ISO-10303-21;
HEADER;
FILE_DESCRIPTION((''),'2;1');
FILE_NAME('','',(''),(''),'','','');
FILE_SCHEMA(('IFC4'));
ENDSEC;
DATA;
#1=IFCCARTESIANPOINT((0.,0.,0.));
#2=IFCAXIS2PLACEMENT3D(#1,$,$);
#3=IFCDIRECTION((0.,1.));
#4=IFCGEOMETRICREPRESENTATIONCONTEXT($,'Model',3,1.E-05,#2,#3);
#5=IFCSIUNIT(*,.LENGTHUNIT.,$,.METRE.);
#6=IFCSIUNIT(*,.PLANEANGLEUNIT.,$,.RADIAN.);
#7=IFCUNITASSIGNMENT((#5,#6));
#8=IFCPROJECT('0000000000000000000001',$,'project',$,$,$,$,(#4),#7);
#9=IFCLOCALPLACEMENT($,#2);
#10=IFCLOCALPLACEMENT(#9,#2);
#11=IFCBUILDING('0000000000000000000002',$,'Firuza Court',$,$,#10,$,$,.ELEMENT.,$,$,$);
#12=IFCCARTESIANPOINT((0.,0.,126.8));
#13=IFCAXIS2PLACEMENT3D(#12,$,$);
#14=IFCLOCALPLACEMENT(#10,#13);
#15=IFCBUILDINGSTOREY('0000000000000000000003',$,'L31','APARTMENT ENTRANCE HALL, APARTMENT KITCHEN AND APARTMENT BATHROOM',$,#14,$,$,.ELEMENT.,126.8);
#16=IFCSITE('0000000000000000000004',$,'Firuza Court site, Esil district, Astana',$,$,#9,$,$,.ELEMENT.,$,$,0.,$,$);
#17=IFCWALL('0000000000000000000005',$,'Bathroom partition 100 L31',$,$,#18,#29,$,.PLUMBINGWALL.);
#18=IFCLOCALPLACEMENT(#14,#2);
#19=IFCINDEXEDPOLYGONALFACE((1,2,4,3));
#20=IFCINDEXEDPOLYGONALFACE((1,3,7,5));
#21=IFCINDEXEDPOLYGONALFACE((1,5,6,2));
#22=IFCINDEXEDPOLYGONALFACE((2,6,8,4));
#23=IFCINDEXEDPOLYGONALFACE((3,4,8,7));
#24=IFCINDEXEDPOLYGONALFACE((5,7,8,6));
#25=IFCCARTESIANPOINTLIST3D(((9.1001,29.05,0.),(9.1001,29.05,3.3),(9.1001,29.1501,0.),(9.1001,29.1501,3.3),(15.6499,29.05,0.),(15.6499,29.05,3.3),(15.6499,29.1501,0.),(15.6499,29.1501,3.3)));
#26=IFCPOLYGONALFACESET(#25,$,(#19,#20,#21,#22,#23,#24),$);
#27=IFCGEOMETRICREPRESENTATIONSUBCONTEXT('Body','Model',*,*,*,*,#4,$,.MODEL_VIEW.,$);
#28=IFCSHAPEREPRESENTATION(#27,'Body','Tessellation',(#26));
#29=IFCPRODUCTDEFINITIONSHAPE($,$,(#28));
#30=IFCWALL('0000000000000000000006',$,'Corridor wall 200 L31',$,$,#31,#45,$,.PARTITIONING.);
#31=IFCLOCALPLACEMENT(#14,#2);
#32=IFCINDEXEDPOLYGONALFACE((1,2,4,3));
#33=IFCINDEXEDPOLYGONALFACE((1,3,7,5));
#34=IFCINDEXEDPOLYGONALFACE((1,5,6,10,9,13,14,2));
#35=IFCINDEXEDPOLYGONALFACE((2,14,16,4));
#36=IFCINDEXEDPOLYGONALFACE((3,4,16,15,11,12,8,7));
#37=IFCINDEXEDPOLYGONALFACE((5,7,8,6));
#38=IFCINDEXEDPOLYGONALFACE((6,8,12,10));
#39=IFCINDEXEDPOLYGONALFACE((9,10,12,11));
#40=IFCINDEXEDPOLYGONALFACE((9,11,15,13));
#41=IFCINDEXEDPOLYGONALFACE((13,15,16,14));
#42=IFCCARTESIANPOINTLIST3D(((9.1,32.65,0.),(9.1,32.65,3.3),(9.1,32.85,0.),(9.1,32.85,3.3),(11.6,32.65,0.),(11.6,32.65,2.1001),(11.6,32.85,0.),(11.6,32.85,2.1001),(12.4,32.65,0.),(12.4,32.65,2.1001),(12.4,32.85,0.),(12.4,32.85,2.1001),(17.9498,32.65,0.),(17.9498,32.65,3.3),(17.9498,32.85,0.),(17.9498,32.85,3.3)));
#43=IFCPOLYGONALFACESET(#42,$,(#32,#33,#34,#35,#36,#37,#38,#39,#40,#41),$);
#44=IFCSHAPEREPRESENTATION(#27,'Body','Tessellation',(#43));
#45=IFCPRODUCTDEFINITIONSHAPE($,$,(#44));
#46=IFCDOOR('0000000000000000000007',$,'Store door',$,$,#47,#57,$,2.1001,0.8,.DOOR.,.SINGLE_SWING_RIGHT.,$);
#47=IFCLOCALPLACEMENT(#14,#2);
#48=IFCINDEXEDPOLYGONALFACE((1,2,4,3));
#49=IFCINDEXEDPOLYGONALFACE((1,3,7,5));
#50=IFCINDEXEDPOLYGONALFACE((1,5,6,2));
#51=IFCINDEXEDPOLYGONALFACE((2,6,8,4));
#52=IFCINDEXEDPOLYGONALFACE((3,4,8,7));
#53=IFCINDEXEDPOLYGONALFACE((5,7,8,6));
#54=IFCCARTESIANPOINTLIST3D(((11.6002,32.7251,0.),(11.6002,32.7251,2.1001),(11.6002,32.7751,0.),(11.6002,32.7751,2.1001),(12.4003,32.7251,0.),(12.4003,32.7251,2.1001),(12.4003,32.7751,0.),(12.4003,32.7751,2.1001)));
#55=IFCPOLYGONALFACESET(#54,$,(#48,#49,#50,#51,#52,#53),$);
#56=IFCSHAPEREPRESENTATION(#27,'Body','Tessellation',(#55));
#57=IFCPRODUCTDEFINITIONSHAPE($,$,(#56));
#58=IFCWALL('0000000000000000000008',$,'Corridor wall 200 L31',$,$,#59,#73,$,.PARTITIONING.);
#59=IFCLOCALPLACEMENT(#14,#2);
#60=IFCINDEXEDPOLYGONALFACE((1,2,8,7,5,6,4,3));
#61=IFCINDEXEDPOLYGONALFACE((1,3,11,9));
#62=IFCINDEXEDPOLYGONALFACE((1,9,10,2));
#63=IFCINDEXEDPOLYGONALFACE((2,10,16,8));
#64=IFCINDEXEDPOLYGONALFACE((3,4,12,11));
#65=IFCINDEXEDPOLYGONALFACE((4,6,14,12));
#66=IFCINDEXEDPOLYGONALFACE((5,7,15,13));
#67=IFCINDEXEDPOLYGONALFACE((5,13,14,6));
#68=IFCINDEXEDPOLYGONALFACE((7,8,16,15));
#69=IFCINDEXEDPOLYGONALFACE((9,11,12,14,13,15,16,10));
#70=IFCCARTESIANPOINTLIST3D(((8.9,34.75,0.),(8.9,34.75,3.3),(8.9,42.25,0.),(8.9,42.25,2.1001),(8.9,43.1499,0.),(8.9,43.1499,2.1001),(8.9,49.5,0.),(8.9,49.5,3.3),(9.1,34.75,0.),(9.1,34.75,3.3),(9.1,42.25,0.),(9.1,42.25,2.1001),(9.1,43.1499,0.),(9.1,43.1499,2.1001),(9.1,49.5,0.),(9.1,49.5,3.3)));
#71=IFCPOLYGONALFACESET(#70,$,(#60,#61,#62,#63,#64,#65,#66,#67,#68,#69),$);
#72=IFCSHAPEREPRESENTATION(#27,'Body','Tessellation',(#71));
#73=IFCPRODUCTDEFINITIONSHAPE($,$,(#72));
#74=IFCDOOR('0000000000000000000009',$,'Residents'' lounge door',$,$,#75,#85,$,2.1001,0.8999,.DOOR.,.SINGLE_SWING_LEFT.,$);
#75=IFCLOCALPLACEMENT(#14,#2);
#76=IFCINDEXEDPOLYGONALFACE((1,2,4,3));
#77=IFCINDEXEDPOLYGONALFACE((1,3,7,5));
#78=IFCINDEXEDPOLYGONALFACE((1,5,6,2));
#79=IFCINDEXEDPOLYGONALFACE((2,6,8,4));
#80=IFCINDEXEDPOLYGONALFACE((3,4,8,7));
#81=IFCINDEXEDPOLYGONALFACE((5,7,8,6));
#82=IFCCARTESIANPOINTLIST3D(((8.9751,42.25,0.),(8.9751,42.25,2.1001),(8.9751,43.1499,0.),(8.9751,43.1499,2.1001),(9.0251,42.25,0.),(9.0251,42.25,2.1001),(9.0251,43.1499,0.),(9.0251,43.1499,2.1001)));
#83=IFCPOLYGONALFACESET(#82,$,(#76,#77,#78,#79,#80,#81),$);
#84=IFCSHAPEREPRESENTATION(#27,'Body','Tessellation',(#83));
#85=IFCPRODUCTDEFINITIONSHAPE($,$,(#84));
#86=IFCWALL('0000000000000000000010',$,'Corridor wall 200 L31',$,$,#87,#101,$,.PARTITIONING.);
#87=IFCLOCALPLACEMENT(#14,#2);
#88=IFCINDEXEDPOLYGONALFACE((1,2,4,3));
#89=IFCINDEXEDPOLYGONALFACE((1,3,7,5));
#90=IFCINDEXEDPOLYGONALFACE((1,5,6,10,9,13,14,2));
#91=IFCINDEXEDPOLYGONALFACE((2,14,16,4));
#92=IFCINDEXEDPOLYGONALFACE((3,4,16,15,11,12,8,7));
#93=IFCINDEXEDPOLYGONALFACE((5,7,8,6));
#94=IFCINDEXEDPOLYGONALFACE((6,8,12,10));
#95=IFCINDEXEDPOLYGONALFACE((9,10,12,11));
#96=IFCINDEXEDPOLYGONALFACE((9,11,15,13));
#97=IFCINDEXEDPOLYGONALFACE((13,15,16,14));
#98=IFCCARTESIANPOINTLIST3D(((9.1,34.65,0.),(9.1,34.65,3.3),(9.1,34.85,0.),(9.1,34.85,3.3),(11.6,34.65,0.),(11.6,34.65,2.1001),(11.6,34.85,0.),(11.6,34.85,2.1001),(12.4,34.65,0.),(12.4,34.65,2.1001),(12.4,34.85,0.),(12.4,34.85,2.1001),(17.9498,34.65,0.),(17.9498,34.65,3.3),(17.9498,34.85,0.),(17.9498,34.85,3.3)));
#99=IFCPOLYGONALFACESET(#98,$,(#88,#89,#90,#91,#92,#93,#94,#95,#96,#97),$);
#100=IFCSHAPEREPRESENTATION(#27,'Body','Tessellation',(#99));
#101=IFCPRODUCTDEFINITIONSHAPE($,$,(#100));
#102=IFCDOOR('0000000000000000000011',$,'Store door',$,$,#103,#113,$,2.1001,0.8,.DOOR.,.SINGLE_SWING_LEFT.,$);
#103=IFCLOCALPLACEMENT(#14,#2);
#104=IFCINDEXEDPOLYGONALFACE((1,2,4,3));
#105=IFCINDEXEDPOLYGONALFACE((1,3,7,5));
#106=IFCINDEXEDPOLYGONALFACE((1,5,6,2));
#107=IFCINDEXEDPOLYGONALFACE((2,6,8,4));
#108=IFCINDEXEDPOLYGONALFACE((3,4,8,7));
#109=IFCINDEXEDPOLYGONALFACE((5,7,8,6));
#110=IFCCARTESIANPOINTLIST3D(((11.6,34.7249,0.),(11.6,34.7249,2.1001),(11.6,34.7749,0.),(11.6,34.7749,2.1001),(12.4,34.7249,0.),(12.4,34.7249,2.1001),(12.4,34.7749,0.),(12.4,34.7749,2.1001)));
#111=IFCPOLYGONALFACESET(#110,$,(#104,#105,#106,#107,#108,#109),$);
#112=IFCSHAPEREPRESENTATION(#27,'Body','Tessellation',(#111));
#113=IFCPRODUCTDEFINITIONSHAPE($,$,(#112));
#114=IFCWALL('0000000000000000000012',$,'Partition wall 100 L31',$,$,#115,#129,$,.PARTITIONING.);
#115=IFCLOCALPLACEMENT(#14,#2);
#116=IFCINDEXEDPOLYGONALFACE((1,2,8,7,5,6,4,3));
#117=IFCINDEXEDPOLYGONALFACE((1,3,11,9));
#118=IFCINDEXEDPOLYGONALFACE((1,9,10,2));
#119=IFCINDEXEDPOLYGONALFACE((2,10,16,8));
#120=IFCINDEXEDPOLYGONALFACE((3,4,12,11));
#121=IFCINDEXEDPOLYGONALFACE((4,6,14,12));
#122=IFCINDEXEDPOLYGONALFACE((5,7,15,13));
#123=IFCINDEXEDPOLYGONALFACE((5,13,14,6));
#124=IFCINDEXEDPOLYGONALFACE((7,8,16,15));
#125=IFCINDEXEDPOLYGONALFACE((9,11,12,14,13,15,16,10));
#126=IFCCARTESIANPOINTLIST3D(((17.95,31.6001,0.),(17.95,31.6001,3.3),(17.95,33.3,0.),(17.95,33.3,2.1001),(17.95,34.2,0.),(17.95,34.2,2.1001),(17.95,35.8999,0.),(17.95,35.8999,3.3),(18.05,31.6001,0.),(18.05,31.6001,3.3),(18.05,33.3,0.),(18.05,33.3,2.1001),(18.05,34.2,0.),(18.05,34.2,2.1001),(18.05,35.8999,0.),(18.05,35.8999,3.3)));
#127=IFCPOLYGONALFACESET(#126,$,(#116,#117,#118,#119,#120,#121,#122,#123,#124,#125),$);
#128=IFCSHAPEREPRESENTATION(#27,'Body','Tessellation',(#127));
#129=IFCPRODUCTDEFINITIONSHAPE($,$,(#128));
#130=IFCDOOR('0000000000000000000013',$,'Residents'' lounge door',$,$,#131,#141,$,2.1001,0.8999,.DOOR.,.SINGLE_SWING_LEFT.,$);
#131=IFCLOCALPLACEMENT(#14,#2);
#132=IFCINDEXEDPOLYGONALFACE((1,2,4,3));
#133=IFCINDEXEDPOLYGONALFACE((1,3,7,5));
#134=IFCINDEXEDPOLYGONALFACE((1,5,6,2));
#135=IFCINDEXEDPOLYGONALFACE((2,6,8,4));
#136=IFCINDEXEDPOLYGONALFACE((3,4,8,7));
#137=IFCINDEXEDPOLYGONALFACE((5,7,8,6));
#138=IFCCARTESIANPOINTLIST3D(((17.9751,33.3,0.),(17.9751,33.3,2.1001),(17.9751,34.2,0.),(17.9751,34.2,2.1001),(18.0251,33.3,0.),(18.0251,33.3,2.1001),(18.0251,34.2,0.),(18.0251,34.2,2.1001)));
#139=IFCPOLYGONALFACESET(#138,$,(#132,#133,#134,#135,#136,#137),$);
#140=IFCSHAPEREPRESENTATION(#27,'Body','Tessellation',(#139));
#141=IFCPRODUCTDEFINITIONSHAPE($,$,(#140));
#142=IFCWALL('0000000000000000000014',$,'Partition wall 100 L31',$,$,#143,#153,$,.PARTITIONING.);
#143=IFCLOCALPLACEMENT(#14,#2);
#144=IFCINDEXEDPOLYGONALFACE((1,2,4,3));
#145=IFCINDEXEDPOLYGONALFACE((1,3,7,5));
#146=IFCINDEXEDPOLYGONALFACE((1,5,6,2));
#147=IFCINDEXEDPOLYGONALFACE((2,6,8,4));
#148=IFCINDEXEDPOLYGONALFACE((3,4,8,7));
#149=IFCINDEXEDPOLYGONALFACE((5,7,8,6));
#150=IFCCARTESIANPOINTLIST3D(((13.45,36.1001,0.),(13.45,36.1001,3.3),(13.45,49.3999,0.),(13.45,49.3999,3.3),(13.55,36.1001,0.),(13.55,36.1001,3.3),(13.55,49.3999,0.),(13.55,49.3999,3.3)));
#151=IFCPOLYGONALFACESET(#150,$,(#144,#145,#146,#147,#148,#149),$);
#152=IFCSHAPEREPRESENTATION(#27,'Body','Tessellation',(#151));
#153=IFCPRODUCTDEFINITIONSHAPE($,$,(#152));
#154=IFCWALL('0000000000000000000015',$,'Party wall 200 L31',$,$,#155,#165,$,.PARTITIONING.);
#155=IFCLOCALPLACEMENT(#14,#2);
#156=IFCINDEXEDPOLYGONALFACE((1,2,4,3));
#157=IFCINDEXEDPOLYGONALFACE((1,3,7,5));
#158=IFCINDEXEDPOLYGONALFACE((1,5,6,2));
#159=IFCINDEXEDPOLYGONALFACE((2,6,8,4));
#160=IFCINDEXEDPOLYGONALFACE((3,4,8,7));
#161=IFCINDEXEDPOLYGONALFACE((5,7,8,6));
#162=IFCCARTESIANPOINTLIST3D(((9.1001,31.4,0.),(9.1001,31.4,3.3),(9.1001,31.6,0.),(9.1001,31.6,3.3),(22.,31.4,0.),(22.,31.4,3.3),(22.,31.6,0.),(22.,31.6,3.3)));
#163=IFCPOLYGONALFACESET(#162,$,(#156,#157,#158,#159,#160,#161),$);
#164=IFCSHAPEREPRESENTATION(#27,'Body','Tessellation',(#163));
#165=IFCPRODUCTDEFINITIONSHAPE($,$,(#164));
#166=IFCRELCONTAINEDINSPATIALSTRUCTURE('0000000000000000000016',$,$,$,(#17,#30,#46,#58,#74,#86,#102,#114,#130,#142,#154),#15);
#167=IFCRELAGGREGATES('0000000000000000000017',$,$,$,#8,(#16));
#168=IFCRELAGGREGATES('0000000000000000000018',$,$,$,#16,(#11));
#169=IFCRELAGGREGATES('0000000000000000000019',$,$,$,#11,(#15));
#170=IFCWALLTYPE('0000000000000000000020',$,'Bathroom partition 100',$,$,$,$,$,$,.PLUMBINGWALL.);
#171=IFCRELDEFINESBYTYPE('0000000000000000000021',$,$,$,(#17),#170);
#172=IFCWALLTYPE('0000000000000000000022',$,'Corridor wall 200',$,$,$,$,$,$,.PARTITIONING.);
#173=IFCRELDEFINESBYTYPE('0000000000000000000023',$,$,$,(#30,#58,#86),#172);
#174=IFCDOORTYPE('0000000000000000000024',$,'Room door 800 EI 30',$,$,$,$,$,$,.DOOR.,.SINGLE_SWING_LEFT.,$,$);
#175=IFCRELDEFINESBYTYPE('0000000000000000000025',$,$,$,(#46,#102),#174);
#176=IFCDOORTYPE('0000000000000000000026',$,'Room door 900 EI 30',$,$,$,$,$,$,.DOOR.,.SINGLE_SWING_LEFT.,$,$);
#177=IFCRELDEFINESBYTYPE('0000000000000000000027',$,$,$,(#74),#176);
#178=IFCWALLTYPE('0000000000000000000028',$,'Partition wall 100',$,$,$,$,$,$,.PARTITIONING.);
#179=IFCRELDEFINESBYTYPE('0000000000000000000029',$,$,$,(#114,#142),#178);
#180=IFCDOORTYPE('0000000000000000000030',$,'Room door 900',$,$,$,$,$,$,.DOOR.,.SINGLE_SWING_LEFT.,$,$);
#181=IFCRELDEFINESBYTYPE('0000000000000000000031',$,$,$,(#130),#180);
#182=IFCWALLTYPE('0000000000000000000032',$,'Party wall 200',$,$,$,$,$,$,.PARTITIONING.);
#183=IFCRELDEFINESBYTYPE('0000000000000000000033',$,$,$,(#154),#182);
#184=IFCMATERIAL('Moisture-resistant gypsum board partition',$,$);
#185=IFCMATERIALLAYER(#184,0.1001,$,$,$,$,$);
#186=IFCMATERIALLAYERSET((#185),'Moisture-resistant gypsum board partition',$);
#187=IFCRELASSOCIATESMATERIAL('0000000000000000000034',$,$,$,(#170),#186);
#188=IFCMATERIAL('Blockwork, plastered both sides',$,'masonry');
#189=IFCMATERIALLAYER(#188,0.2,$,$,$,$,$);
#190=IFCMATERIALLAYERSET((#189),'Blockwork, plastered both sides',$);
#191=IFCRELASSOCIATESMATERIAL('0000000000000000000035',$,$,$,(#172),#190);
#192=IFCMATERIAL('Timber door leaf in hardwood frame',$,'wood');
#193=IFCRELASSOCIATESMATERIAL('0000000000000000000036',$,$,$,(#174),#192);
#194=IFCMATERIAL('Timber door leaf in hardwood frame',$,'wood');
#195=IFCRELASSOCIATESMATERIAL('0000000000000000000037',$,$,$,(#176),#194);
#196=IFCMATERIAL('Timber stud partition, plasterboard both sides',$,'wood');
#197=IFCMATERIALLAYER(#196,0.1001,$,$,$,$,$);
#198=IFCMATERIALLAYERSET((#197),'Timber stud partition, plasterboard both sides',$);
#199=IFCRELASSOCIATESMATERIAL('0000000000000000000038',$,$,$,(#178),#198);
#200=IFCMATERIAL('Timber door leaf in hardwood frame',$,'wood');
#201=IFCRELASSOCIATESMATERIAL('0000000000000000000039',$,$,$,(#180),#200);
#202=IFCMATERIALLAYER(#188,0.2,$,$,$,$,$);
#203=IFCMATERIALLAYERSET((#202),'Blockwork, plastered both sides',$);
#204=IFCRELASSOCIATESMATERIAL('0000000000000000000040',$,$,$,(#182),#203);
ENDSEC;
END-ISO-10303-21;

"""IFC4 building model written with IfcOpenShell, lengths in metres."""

from ifc_helpers import new_model, si_unit, direction, frame, frame_2d, origin, place, context, subcontext, project, spatial, rectangle, extrude, material, layer, layer_set, type_object, element, fill, save


model = new_model("IFC4")

# Units and contexts
model_context = context("Model", 3, precision=1e-05, world=origin(), true_north=direction((0.0, 1.0)))
body_context = subcontext(model_context, "Body", "Model", "MODEL_VIEW")
ifc_project = project(units=[si_unit("LENGTHUNIT", "METRE"), si_unit("PLANEANGLEUNIT", "RADIAN")], contexts=[model_context])

# Site, building, storey
site_placement = place(None, origin())
site = spatial("IfcSite", under=ifc_project, at=site_placement, Name="Firuza Court site, Esil district, Astana", CompositionType="ELEMENT", RefElevation=0.0)
building_placement = place(site_placement, origin())
building = spatial("IfcBuilding", under=site, at=building_placement, Name="Firuza Court", CompositionType="ELEMENT")
storey_placement = place(building_placement, frame((0.0, 0.0, 126.8)))
storey = spatial("IfcBuildingStorey", under=building, at=storey_placement, Name="L31", Description="APARTMENT ENTRANCE HALL, APARTMENT KITCHEN AND APARTMENT BATHROOM", CompositionType="ELEMENT", Elevation=126.8)

# Wall
ifc_material_1 = material(Name="Moisture-resistant gypsum board partition")
ifc_layer_1 = layer(ifc_material_1, 0.1001)
ifc_layer_set_1 = layer_set([ifc_layer_1], Name="Moisture-resistant gypsum board partition")
wall_type_1 = type_object("IfcWallType", Name="Bathroom partition 100", PredefinedType="PLUMBINGWALL", material=ifc_layer_set_1)
wall_1_placement = place(storey_placement, frame((9.1001, 29.1001, 0.0), z_axis=(0.0, 0.0, 1.0), x_axis=(1.0, 0.0, 0.0)))
element("IfcWall", 1, at=wall_1_placement, inside=storey, type_object=wall_type_1, Name="Bathroom partition 100 L31", PredefinedType="PLUMBINGWALL", context=body_context, shape_type="SweptSolid", body=[
    extrude(rectangle(XDim=6.5498, YDim=0.1001, at=frame_2d((3.2749, 0.0))), origin(), (0.0, 0.0, 1.0), 3.3),
])

# Walls, openings, doors
ifc_material_2 = material(Name="Blockwork, plastered both sides", Category="masonry")
ifc_layer_2 = layer(ifc_material_2, 0.2)
ifc_layer_set_2 = layer_set([ifc_layer_2], Name="Blockwork, plastered both sides")
wall_type_2 = type_object("IfcWallType", Name="Corridor wall 200", PredefinedType="PARTITIONING", material=ifc_layer_set_2)
wall_2_placement = place(storey_placement, frame((9.1001, 32.75, 0.0), z_axis=(0.0, 0.0, 1.0), x_axis=(1.0, 0.0, 0.0)))
wall_2 = element("IfcWall", 2, at=wall_2_placement, inside=storey, type_object=wall_type_2, Name="Corridor wall 200 L31", PredefinedType="PARTITIONING", context=body_context, shape_type="SweptSolid", body=[
    extrude(rectangle(XDim=8.8499, YDim=0.2, at=frame_2d((4.4248, 0.0))), origin(), (0.0, 0.0, 1.0), 3.3),
])
opening_1_placement = place(wall_2_placement, frame((2.5, 0.0, 0.0)))
opening_1 = element("IfcOpeningElement", 3, at=opening_1_placement, cuts=wall_2, PredefinedType="OPENING", context=body_context, shape_type="SweptSolid", body=[
    extrude(rectangle(XDim=0.8, YDim=2.1001, at=frame_2d((0.3999, 1.05))), frame((0.0, 0.1118, 0.0), z_axis=(0.0, -1.0, 0.0), x_axis=(1.0, 0.0, 0.0)), (0.0, 0.0, 1.0), 0.2239),
])
ifc_material_3 = material(Name="Timber door leaf in hardwood frame", Category="wood")
door_type_1 = type_object("IfcDoorType", Name="Room door 800 EI 30", OperationType="SINGLE_SWING_LEFT", PredefinedType="DOOR", material=ifc_material_3)
door_1_placement = place(opening_1_placement, frame((0.8, 0.0, 0.0), z_axis=(0.0, 0.0, 1.0), x_axis=(-1.0, 0.0, 0.0)))
door_1 = element("IfcDoor", 4, at=door_1_placement, inside=storey, type_object=door_type_1, Name="Store door", OperationType="SINGLE_SWING_RIGHT", OverallHeight=2.1001, OverallWidth=0.8, PredefinedType="DOOR", context=body_context, shape_type="SweptSolid", body=[
    extrude(rectangle(XDim=0.8, YDim=2.1001, at=frame_2d((0.3999, 1.05))), frame((0.0, 0.0249, 0.0), z_axis=(0.0, -1.0, 0.0), x_axis=(1.0, 0.0, 0.0)), (0.0, 0.0, 1.0), 0.05),
])
fill(opening_1, door_1)
wall_3_placement = place(storey_placement, frame((9.0, 34.75, 0.0), z_axis=(0.0, 0.0, 1.0), x_axis=(0.0, 1.0, 0.0)))
wall_3 = element("IfcWall", 5, at=wall_3_placement, inside=storey, type_object=wall_type_2, Name="Corridor wall 200 L31", PredefinedType="PARTITIONING", context=body_context, shape_type="SweptSolid", body=[
    extrude(rectangle(XDim=14.75, YDim=0.2, at=frame_2d((7.375, 0.0))), origin(), (0.0, 0.0, 1.0), 3.3),
])
opening_2_placement = place(wall_3_placement, frame((7.5, 0.0, 0.0)))
opening_2 = element("IfcOpeningElement", 6, at=opening_2_placement, cuts=wall_3, PredefinedType="OPENING", context=body_context, shape_type="SweptSolid", body=[
    extrude(rectangle(XDim=0.8999, YDim=2.1001, at=frame_2d((0.45, 1.05))), frame((0.0, 0.1118, 0.0), z_axis=(0.0, -1.0, 0.0), x_axis=(1.0, 0.0, 0.0)), (0.0, 0.0, 1.0), 0.2239),
])
ifc_material_4 = material(Name="Timber door leaf in hardwood frame", Category="wood")
door_type_2 = type_object("IfcDoorType", Name="Room door 900 EI 30", OperationType="SINGLE_SWING_LEFT", PredefinedType="DOOR", material=ifc_material_4)
door_2_placement = place(opening_2_placement, origin())
door_2 = element("IfcDoor", 7, at=door_2_placement, inside=storey, type_object=door_type_2, Name="Residents' lounge door", OperationType="SINGLE_SWING_LEFT", OverallHeight=2.1001, OverallWidth=0.8999, PredefinedType="DOOR", context=body_context, shape_type="SweptSolid", body=[
    extrude(rectangle(XDim=0.8999, YDim=2.1001, at=frame_2d((0.45, 1.05))), frame((0.0, 0.0249, 0.0), z_axis=(0.0, -1.0, 0.0), x_axis=(1.0, 0.0, 0.0)), (0.0, 0.0, 1.0), 0.05),
])
fill(opening_2, door_2)
wall_4_placement = place(storey_placement, frame((9.1001, 34.75, 0.0), z_axis=(0.0, 0.0, 1.0), x_axis=(1.0, 0.0, 0.0)))
wall_4 = element("IfcWall", 8, at=wall_4_placement, inside=storey, type_object=wall_type_2, Name="Corridor wall 200 L31", PredefinedType="PARTITIONING", context=body_context, shape_type="SweptSolid", body=[
    extrude(rectangle(XDim=8.8499, YDim=0.2, at=frame_2d((4.4248, 0.0))), origin(), (0.0, 0.0, 1.0), 3.3),
])
opening_3_placement = place(wall_4_placement, frame((2.5, 0.0, 0.0)))
opening_3 = element("IfcOpeningElement", 9, at=opening_3_placement, cuts=wall_4, PredefinedType="OPENING", context=body_context, shape_type="SweptSolid", body=[
    extrude(rectangle(XDim=0.8, YDim=2.1001, at=frame_2d((0.3999, 1.05))), frame((0.0, 0.1118, 0.0), z_axis=(0.0, -1.0, 0.0), x_axis=(1.0, 0.0, 0.0)), (0.0, 0.0, 1.0), 0.2239),
])
door_3_placement = place(opening_3_placement, origin())
door_3 = element("IfcDoor", 10, at=door_3_placement, inside=storey, type_object=door_type_1, Name="Store door", OperationType="SINGLE_SWING_LEFT", OverallHeight=2.1001, OverallWidth=0.8, PredefinedType="DOOR", context=body_context, shape_type="SweptSolid", body=[
    extrude(rectangle(XDim=0.8, YDim=2.1001, at=frame_2d((0.3999, 1.05))), frame((0.0, 0.0249, 0.0), z_axis=(0.0, -1.0, 0.0), x_axis=(1.0, 0.0, 0.0)), (0.0, 0.0, 1.0), 0.05),
])
fill(opening_3, door_3)
ifc_material_5 = material(Name="Timber stud partition, plasterboard both sides", Category="wood")
ifc_layer_3 = layer(ifc_material_5, 0.1001)
ifc_layer_set_3 = layer_set([ifc_layer_3], Name="Timber stud partition, plasterboard both sides")
wall_type_3 = type_object("IfcWallType", Name="Partition wall 100", PredefinedType="PARTITIONING", material=ifc_layer_set_3)
wall_5_placement = place(storey_placement, frame((18.0, 31.6001, 0.0), z_axis=(0.0, 0.0, 1.0), x_axis=(0.0, 1.0, 0.0)))
wall_5 = element("IfcWall", 11, at=wall_5_placement, inside=storey, type_object=wall_type_3, Name="Partition wall 100 L31", PredefinedType="PARTITIONING", context=body_context, shape_type="SweptSolid", body=[
    extrude(rectangle(XDim=4.2998, YDim=0.1001, at=frame_2d((2.1499, 0.0))), origin(), (0.0, 0.0, 1.0), 3.3),
])
opening_4_placement = place(wall_5_placement, frame((1.7, 0.0, 0.0)))
opening_4 = element("IfcOpeningElement", 12, at=opening_4_placement, cuts=wall_5, PredefinedType="OPENING", context=body_context, shape_type="SweptSolid", body=[
    extrude(rectangle(XDim=0.8999, YDim=2.1001, at=frame_2d((0.45, 1.05))), frame((0.0, 0.062, 0.0), z_axis=(0.0, -1.0, 0.0), x_axis=(1.0, 0.0, 0.0)), (0.0, 0.0, 1.0), 0.124),
])
ifc_material_6 = material(Name="Timber door leaf in hardwood frame", Category="wood")
door_type_3 = type_object("IfcDoorType", Name="Room door 900", OperationType="SINGLE_SWING_LEFT", PredefinedType="DOOR", material=ifc_material_6)
door_4_placement = place(opening_4_placement, origin())
door_4 = element("IfcDoor", 13, at=door_4_placement, inside=storey, type_object=door_type_3, Name="Residents' lounge door", OperationType="SINGLE_SWING_LEFT", OverallHeight=2.1001, OverallWidth=0.8999, PredefinedType="DOOR", context=body_context, shape_type="SweptSolid", body=[
    extrude(rectangle(XDim=0.8999, YDim=2.1001, at=frame_2d((0.45, 1.05))), frame((0.0, 0.0249, 0.0), z_axis=(0.0, -1.0, 0.0), x_axis=(1.0, 0.0, 0.0)), (0.0, 0.0, 1.0), 0.05),
])
fill(opening_4, door_4)

# Walls
wall_6_placement = place(storey_placement, frame((13.5, 36.1001, 0.0), z_axis=(0.0, 0.0, 1.0), x_axis=(0.0, 1.0, 0.0)))
element("IfcWall", 14, at=wall_6_placement, inside=storey, type_object=wall_type_3, Name="Partition wall 100 L31", PredefinedType="PARTITIONING", context=body_context, shape_type="SweptSolid", body=[
    extrude(rectangle(XDim=13.2998, YDim=0.1001, at=frame_2d((6.6499, 0.0))), origin(), (0.0, 0.0, 1.0), 3.3),
])
ifc_layer_4 = layer(ifc_material_2, 0.2)
ifc_layer_set_4 = layer_set([ifc_layer_4], Name="Blockwork, plastered both sides")
wall_type_4 = type_object("IfcWallType", Name="Party wall 200", PredefinedType="PARTITIONING", material=ifc_layer_set_4)
for number, where, z_axis, x_axis, name in (
    (15, (9.1001, 31.5, 0.0), (0.0, 0.0, 1.0), (1.0, 0.0, 0.0), "Party wall 200 L31"),
):
    element("IfcWall", number, at=place(storey_placement, frame(where, z_axis=z_axis, x_axis=x_axis)), inside=storey, type_object=wall_type_4, Name=name, PredefinedType="PARTITIONING", context=body_context, shape_type="SweptSolid", body=[
        extrude(rectangle(XDim=12.8999, YDim=0.2, at=frame_2d((6.45, 0.0))), origin(), (0.0, 0.0, 1.0), 3.3),
    ])

save(model, "model.ifc")
